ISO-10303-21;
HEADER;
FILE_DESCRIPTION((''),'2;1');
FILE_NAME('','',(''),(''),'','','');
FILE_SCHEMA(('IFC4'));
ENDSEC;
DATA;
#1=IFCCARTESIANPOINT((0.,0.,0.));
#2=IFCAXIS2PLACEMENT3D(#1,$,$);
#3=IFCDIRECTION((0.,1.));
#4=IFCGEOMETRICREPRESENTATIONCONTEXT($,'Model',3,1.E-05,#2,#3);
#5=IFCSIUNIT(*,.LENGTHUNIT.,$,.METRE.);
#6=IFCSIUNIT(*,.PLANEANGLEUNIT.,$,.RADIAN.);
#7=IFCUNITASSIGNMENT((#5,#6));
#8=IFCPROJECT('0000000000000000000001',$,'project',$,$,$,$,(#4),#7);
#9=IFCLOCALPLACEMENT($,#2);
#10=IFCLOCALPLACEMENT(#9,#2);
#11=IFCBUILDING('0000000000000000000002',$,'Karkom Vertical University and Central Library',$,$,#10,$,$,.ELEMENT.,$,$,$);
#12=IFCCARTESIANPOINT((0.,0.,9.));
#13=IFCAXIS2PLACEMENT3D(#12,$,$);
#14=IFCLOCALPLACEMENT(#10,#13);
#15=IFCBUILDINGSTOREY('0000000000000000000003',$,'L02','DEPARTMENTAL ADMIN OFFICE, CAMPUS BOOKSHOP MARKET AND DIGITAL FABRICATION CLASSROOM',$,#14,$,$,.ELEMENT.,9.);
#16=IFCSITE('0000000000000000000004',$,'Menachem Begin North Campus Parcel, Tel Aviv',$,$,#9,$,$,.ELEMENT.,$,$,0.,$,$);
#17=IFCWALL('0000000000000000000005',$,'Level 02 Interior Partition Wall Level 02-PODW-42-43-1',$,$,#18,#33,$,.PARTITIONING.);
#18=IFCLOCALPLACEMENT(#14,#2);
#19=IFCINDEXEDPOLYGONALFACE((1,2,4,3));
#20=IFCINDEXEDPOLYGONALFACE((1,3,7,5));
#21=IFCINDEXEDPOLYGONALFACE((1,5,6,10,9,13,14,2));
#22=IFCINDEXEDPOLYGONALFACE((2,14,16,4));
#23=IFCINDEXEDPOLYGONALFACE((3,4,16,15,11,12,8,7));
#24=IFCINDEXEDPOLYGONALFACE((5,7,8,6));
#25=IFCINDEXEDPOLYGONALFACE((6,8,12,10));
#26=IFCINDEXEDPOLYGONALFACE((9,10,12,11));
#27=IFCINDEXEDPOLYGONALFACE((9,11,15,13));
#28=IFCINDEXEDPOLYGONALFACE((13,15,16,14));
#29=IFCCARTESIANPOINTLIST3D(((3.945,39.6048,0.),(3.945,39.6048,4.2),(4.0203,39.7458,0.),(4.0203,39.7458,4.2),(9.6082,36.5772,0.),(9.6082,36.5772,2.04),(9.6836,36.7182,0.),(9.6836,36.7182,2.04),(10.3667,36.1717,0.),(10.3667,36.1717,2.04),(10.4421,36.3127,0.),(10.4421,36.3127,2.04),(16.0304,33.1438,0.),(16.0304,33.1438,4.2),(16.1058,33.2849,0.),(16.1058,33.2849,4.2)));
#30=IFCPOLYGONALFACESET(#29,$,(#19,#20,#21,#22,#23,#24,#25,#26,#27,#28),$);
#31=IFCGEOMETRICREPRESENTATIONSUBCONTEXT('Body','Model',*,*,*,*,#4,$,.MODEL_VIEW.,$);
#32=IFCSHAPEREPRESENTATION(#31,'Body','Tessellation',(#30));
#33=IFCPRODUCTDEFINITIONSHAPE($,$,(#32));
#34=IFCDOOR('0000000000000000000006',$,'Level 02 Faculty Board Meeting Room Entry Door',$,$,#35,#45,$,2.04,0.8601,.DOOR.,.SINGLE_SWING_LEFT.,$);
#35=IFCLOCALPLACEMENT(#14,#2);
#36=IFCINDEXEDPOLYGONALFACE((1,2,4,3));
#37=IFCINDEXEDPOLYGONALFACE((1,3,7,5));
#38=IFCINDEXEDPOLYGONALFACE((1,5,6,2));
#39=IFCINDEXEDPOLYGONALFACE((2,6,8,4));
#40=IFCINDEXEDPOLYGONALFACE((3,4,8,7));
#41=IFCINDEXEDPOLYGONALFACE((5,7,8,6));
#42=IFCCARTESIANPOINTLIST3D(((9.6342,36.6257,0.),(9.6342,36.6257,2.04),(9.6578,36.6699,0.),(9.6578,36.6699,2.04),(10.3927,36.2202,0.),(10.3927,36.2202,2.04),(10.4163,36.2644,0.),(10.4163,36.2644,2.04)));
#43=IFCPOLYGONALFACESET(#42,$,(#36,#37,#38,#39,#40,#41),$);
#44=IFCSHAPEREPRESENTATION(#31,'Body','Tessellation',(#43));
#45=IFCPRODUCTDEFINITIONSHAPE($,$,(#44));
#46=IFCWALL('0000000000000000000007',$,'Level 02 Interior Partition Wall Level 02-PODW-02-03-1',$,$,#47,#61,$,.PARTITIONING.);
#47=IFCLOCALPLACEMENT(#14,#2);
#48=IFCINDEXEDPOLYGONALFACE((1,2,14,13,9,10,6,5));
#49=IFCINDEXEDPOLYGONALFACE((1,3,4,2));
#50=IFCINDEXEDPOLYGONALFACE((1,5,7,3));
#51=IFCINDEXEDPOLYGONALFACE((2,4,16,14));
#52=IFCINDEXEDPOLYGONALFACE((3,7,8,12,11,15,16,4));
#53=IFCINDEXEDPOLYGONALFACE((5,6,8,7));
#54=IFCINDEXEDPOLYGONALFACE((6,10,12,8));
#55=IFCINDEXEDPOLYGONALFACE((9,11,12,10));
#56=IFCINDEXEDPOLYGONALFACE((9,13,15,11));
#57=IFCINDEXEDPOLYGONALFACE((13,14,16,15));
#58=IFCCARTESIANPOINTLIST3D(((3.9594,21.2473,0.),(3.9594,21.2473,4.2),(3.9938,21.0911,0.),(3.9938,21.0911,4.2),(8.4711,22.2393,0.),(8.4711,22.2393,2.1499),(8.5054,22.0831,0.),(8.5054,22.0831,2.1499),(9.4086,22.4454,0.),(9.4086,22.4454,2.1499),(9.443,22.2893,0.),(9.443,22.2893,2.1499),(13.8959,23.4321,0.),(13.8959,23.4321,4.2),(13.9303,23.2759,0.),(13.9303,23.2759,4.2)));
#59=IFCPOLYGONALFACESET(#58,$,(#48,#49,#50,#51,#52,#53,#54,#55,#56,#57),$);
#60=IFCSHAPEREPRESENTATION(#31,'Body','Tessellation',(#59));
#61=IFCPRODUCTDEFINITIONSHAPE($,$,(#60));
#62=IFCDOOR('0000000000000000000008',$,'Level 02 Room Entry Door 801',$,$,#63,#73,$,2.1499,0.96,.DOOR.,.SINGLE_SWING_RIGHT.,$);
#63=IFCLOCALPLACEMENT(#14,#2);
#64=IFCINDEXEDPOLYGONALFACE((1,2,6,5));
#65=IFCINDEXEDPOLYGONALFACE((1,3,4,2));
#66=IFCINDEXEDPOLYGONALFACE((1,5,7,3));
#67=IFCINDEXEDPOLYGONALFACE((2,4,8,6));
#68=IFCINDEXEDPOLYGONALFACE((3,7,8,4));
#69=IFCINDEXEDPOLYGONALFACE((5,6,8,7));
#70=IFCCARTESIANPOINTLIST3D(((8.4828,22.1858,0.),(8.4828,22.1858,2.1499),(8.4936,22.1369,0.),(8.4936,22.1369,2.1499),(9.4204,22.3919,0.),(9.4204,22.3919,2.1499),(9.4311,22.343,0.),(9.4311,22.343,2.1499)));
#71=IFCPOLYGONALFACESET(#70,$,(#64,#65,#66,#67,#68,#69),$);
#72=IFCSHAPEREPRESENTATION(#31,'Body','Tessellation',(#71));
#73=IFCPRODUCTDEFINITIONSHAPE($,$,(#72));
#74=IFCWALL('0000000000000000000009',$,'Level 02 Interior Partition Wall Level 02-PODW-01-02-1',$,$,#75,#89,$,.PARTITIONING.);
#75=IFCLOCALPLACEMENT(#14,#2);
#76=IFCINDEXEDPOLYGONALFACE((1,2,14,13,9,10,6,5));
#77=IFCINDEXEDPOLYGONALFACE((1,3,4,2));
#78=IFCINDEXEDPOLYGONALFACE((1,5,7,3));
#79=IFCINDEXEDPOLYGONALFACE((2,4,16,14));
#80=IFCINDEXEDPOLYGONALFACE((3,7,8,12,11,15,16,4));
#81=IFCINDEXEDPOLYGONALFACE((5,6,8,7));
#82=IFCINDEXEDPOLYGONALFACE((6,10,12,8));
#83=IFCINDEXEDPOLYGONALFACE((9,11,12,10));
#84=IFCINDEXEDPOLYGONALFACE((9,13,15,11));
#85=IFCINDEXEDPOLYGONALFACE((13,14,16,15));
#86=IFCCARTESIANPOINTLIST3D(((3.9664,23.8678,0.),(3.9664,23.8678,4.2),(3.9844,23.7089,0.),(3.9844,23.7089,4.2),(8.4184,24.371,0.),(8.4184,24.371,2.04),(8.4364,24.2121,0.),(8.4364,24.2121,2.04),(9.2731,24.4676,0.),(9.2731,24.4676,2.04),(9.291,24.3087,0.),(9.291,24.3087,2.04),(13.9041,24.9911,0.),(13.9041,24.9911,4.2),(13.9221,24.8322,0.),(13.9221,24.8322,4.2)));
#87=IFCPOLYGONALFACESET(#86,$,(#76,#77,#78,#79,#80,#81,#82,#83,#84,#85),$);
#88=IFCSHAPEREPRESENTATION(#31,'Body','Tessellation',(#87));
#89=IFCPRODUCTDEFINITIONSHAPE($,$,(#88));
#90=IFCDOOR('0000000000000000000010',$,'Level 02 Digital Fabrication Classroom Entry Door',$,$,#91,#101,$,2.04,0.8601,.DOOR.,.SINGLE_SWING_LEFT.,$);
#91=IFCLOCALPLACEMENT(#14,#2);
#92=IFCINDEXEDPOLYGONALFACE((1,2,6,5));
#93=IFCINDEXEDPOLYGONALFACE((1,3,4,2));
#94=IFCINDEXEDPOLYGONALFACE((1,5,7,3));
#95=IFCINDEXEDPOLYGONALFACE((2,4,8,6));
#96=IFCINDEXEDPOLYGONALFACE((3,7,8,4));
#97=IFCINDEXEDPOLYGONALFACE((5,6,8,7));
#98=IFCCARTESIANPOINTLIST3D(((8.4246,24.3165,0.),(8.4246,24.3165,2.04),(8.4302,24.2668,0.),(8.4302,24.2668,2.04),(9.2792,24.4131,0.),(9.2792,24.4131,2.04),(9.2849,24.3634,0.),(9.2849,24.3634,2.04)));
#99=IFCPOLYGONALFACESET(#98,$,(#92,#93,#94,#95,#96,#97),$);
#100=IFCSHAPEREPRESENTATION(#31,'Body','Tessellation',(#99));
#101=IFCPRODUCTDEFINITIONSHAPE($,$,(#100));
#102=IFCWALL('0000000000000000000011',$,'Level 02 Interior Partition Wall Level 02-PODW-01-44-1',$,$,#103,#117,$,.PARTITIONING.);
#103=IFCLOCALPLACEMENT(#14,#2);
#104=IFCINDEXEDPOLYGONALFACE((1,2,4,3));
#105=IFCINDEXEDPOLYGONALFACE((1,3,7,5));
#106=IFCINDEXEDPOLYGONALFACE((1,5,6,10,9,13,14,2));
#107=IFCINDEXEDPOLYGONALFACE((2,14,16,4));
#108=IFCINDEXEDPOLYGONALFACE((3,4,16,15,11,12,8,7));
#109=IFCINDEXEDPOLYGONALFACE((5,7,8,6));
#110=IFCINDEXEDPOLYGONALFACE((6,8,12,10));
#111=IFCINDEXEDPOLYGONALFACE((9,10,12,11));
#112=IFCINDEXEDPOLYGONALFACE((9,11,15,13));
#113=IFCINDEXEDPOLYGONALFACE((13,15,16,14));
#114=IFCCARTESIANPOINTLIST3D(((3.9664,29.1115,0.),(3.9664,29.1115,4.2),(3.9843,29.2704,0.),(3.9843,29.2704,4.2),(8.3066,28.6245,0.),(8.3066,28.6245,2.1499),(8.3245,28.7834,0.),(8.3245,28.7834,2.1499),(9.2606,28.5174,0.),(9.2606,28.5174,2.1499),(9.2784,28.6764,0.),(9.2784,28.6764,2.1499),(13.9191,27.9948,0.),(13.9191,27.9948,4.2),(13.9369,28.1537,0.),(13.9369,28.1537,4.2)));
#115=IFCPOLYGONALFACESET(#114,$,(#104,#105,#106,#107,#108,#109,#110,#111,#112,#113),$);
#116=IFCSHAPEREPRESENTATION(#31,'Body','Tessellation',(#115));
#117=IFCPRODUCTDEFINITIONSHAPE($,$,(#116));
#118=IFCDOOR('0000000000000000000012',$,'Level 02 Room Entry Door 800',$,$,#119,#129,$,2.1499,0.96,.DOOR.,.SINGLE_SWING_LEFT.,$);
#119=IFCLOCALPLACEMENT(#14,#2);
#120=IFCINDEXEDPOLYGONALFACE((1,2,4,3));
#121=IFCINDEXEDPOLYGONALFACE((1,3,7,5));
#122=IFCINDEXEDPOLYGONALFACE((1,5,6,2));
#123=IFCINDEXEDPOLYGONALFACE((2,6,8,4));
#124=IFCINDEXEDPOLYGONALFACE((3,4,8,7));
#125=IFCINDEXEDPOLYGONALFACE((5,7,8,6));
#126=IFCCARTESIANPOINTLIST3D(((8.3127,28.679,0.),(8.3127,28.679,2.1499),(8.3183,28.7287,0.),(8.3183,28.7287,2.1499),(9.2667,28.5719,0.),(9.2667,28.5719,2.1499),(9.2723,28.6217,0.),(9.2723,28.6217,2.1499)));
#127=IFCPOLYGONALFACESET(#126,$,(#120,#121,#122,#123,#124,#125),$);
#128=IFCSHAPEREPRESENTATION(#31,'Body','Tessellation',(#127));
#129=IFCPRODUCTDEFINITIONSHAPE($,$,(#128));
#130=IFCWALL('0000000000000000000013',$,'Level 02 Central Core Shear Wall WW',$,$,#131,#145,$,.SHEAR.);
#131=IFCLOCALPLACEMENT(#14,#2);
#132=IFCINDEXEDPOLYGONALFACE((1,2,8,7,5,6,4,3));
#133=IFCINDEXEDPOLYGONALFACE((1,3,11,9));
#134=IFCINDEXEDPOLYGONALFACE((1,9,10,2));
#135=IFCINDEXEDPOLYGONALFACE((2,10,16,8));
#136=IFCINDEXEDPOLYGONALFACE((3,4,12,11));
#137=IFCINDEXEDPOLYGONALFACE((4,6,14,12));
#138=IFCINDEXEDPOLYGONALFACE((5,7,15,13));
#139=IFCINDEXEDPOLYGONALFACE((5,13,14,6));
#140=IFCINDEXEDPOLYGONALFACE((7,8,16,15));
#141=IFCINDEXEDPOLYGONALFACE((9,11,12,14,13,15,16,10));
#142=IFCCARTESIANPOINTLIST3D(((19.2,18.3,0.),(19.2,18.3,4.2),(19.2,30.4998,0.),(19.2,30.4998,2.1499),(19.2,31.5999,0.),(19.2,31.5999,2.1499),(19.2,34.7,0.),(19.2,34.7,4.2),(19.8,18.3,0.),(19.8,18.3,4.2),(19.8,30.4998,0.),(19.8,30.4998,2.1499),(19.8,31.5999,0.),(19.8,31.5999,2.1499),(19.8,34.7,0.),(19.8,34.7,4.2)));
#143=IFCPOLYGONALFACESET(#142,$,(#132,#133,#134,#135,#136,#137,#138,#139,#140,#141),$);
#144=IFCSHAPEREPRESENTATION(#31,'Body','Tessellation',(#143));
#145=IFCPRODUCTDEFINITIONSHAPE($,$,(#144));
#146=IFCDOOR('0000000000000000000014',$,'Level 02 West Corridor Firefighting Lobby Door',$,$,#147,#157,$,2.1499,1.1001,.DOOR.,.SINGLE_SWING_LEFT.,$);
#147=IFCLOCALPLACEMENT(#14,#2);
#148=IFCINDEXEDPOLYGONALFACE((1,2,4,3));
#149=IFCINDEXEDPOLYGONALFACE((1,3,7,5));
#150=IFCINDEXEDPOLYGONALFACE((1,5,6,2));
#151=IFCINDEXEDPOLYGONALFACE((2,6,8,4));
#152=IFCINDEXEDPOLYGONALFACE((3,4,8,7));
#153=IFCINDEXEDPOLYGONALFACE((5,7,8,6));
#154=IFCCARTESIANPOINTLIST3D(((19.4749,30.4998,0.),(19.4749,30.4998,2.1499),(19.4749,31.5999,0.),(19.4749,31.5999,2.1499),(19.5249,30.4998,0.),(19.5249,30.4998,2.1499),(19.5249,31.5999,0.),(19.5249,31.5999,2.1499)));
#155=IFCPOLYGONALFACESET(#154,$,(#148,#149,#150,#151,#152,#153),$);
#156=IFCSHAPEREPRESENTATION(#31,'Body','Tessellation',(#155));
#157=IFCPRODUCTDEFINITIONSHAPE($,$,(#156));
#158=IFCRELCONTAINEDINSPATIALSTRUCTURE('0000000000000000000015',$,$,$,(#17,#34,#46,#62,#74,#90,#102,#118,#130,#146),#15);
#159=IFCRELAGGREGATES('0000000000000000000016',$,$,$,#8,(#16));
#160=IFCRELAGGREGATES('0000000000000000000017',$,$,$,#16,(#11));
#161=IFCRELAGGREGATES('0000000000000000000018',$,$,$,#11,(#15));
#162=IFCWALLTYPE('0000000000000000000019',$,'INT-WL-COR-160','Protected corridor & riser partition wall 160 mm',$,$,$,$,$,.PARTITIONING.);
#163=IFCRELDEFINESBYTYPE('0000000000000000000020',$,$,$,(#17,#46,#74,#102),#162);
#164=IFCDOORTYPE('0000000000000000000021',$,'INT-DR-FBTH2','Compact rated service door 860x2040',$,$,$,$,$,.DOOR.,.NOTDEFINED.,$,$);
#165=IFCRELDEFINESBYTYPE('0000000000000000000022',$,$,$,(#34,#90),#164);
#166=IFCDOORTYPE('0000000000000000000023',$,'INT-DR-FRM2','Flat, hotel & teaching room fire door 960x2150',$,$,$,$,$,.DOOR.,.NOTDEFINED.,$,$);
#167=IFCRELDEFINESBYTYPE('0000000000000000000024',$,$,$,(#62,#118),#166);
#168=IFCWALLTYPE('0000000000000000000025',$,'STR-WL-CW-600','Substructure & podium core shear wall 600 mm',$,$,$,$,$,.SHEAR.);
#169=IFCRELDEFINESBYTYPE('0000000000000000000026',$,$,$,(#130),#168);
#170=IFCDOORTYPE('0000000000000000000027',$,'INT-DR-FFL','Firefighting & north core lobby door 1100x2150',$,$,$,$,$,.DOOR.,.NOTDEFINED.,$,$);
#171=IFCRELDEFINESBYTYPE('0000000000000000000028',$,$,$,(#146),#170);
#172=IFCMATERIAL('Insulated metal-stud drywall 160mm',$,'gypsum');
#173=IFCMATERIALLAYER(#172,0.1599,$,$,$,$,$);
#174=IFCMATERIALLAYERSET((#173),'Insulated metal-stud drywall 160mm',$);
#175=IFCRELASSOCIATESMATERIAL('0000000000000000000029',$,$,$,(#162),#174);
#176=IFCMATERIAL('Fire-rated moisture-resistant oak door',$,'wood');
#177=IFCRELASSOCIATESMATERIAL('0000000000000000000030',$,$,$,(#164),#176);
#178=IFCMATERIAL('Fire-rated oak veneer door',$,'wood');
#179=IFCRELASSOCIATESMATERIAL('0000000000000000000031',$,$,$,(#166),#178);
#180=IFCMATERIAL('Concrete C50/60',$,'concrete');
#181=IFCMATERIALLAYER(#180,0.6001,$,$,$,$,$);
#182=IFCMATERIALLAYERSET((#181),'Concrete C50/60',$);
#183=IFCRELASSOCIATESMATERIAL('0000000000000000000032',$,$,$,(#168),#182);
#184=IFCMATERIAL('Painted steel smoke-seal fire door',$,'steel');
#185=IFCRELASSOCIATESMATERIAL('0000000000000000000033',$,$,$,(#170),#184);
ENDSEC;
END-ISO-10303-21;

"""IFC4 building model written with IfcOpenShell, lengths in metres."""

from ifc_helpers import new_model, si_unit, direction, frame, frame_2d, origin, origin_with_axes, place, context, subcontext, project, spatial, rectangle, extrude, source, transform, mapped, material, layer, layer_set, type_object, element, fill, save


model = new_model("IFC4")

# Units and contexts
model_context = context("Model", 3, precision=1e-05, world=origin(), true_north=direction((0.0, 1.0)))
body_context = subcontext(model_context, "Body", "Model", "MODEL_VIEW")
ifc_project = project(units=[si_unit("LENGTHUNIT", "METRE"), si_unit("PLANEANGLEUNIT", "RADIAN")], contexts=[model_context])

# Site, building, storey
site_placement = place(None, origin())
site = spatial("IfcSite", under=ifc_project, at=site_placement, Name="Menachem Begin North Campus Parcel, Tel Aviv", CompositionType="ELEMENT", RefElevation=0.0)
building_placement = place(site_placement, origin())
building = spatial("IfcBuilding", under=site, at=building_placement, Name="Karkom Vertical University and Central Library", CompositionType="ELEMENT")
storey_placement = place(building_placement, frame((0.0, 0.0, 9.0)))
storey = spatial("IfcBuildingStorey", under=building, at=storey_placement, Name="L02", Description="DEPARTMENTAL ADMIN OFFICE, CAMPUS BOOKSHOP MARKET AND DIGITAL FABRICATION CLASSROOM", CompositionType="ELEMENT", Elevation=9.0)

# Shared definitions
ifc_material_1 = material(Name="Concrete C50/60", Category="concrete")

# Walls, openings, doors
ifc_material_2 = material(Name="Insulated metal-stud drywall 160mm", Category="gypsum")
ifc_layer_1 = layer(ifc_material_2, 0.1599)
ifc_layer_set_1 = layer_set([ifc_layer_1], Name="Insulated metal-stud drywall 160mm")
wall_type_1 = type_object("IfcWallType", Name="INT-WL-COR-160", Description="Protected corridor & riser partition wall 160 mm", PredefinedType="PARTITIONING", material=ifc_layer_set_1)
wall_1_placement = place(storey_placement, frame((16.0681, 33.2144, 0.0), z_axis=(0.0, 0.0, 1.0), x_axis=(-0.881887, 0.471461, 0.0)))
wall_1 = element("IfcWall", 1, at=wall_1_placement, inside=storey, type_object=wall_type_1, Name="Level 02 Interior Partition Wall Level 02-PODW-42-43-1", PredefinedType="PARTITIONING", context=body_context, shape_type="SweptSolid", body=[
    extrude(rectangle(XDim=13.7041, YDim=0.1599, at=frame_2d((6.8521, 0.0))), origin(), (0.0, 0.0, 1.0), 4.2),
])
opening_1_placement = place(wall_1_placement, frame((6.4221, 0.0, 0.0)))
opening_1 = element("IfcOpeningElement", 2, at=opening_1_placement, cuts=wall_1, PredefinedType="OPENING", context=body_context, shape_type="SweptSolid", body=[
    extrude(rectangle(XDim=0.8601, YDim=2.04, at=frame_2d((0.4302, 1.02))), frame((0.0, 0.0898, 0.0), z_axis=(0.0, -1.0, 0.0), x_axis=(1.0, 0.0, 0.0)), (0.0, 0.0, 1.0), 0.1799),
])
ifc_material_3 = material(Name="Fire-rated moisture-resistant oak door", Category="wood")
door_type_1 = type_object("IfcDoorType", Name="INT-DR-FBTH2", Description="Compact rated service door 860x2040", OperationType="NOTDEFINED", PredefinedType="DOOR", material=ifc_material_3)
shared_shape_1 = source(origin_with_axes(), body_context, "Body", "SweptSolid", [
    extrude(rectangle(XDim=0.8601, YDim=2.04, at=frame_2d((0.4302, 1.02))), frame((0.0, 0.0249, 0.0), z_axis=(0.0, -1.0, 0.0), x_axis=(1.0, 0.0, 0.0)), (0.0, 0.0, 1.0), 0.05),
])
door_1_placement = place(opening_1_placement, origin())
door_1 = element("IfcDoor", 3, at=door_1_placement, inside=storey, type_object=door_type_1, Name="Level 02 Faculty Board Meeting Room Entry Door", OperationType="SINGLE_SWING_LEFT", OverallHeight=2.04, OverallWidth=0.8601, PredefinedType="DOOR", context=body_context, shape_type="MappedRepresentation", body=[
    mapped(shared_shape_1, transform((0.0, 0.0, 0.0), scale=1.0)),
])
fill(opening_1, door_1)
wall_2_placement = place(storey_placement, frame((13.9131, 23.354, 0.0), z_axis=(0.0, 0.0, 1.0), x_axis=(-0.97667, -0.214747, 0.0)))
wall_2 = element("IfcWall", 4, at=wall_2_placement, inside=storey, type_object=wall_type_1, Name="Level 02 Interior Partition Wall Level 02-PODW-02-03-1", PredefinedType="PARTITIONING", context=body_context, shape_type="SweptSolid", body=[
    extrude(rectangle(XDim=10.1738, YDim=0.1599, at=frame_2d((5.0869, 0.0))), origin(), (0.0, 0.0, 1.0), 4.2),
])
opening_2_placement = place(wall_2_placement, frame((4.5945, 0.0, 0.0)))
opening_2 = element("IfcOpeningElement", 5, at=opening_2_placement, cuts=wall_2, PredefinedType="OPENING", context=body_context, shape_type="SweptSolid", body=[
    extrude(rectangle(XDim=0.96, YDim=2.1499, at=frame_2d((0.48, 1.075))), frame((0.0, 0.0898, 0.0), z_axis=(0.0, -1.0, 0.0), x_axis=(1.0, 0.0, 0.0)), (0.0, 0.0, 1.0), 0.1799),
])
ifc_material_4 = material(Name="Fire-rated oak veneer door", Category="wood")
door_type_2 = type_object("IfcDoorType", Name="INT-DR-FRM2", Description="Flat, hotel & teaching room fire door 960x2150", OperationType="NOTDEFINED", PredefinedType="DOOR", material=ifc_material_4)
shared_shape_2 = source(origin_with_axes(), body_context, "Body", "SweptSolid", [
    extrude(rectangle(XDim=0.96, YDim=2.1499, at=frame_2d((0.48, 1.075))), frame((0.0, 0.0249, 0.0), z_axis=(0.0, -1.0, 0.0), x_axis=(1.0, 0.0, 0.0)), (0.0, 0.0, 1.0), 0.05),
])
door_2_placement = place(opening_2_placement, origin())
door_2 = element("IfcDoor", 6, at=door_2_placement, inside=storey, type_object=door_type_2, Name="Level 02 Room Entry Door 801", OperationType="SINGLE_SWING_RIGHT", OverallHeight=2.1499, OverallWidth=0.96, PredefinedType="DOOR", context=body_context, shape_type="MappedRepresentation", body=[
    mapped(shared_shape_2, transform((0.0, 0.0, 0.0), scale=1.0)),
])
fill(opening_2, door_2)
wall_3_placement = place(storey_placement, frame((13.9131, 24.9116, 0.0), z_axis=(0.0, 0.0, 1.0), x_axis=(-0.993672, -0.112318, 0.0)))
wall_3 = element("IfcWall", 7, at=wall_3_placement, inside=storey, type_object=wall_type_1, Name="Level 02 Interior Partition Wall Level 02-PODW-01-02-1", PredefinedType="PARTITIONING", context=body_context, shape_type="SweptSolid", body=[
    extrude(rectangle(XDim=10.001, YDim=0.1599, at=frame_2d((5.0005, 0.0))), origin(), (0.0, 0.0, 1.0), 4.2),
])
opening_3_placement = place(wall_3_placement, frame((4.6604, 0.0, 0.0)))
opening_3 = element("IfcOpeningElement", 8, at=opening_3_placement, cuts=wall_3, PredefinedType="OPENING", context=body_context, shape_type="SweptSolid", body=[
    extrude(rectangle(XDim=0.8601, YDim=2.04, at=frame_2d((0.4302, 1.02))), frame((0.0, 0.0898, 0.0), z_axis=(0.0, -1.0, 0.0), x_axis=(1.0, 0.0, 0.0)), (0.0, 0.0, 1.0), 0.1799),
])
door_3_placement = place(opening_3_placement, origin())
door_3 = element("IfcDoor", 9, at=door_3_placement, inside=storey, type_object=door_type_1, Name="Level 02 Digital Fabrication Classroom Entry Door", OperationType="SINGLE_SWING_LEFT", OverallHeight=2.04, OverallWidth=0.8601, PredefinedType="DOOR", context=body_context, shape_type="MappedRepresentation", body=[
    mapped(shared_shape_1, transform((0.0, 0.0, 0.0), scale=1.0)),
])
fill(opening_3, door_3)
wall_4_placement = place(storey_placement, frame((3.9753, 29.1909, 0.0), z_axis=(0.0, 0.0, 1.0), x_axis=(0.993764, -0.111502, 0.0)))
wall_4 = element("IfcWall", 10, at=wall_4_placement, inside=storey, type_object=wall_type_1, Name="Level 02 Interior Partition Wall Level 02-PODW-01-44-1", PredefinedType="PARTITIONING", context=body_context, shape_type="SweptSolid", body=[
    extrude(rectangle(XDim=10.0151, YDim=0.1599, at=frame_2d((5.0076, 0.0))), origin(), (0.0, 0.0, 1.0), 4.2),
])
opening_4_placement = place(wall_4_placement, frame((4.3674, 0.0, 0.0)))
opening_4 = element("IfcOpeningElement", 11, at=opening_4_placement, cuts=wall_4, PredefinedType="OPENING", context=body_context, shape_type="SweptSolid", body=[
    extrude(rectangle(XDim=0.96, YDim=2.1499, at=frame_2d((0.48, 1.075))), frame((0.0, 0.0898, 0.0), z_axis=(0.0, -1.0, 0.0), x_axis=(1.0, 0.0, 0.0)), (0.0, 0.0, 1.0), 0.1799),
])
door_4_placement = place(opening_4_placement, origin())
door_4 = element("IfcDoor", 12, at=door_4_placement, inside=storey, type_object=door_type_2, Name="Level 02 Room Entry Door 800", OperationType="SINGLE_SWING_LEFT", OverallHeight=2.1499, OverallWidth=0.96, PredefinedType="DOOR", context=body_context, shape_type="MappedRepresentation", body=[
    mapped(shared_shape_2, transform((0.0, 0.0, 0.0), scale=1.0)),
])
fill(opening_4, door_4)

# Wall, opening, door
ifc_layer_2 = layer(ifc_material_1, 0.6001)
ifc_layer_set_2 = layer_set([ifc_layer_2], Name="Concrete C50/60")
wall_type_2 = type_object("IfcWallType", Name="STR-WL-CW-600", Description="Substructure & podium core shear wall 600 mm", PredefinedType="SHEAR", material=ifc_layer_set_2)
wall_5_placement = place(storey_placement, frame((19.5, 34.7, 0.0), z_axis=(0.0, 0.0, 1.0), x_axis=(0.0, -1.0, 0.0)))
wall_5 = element("IfcWall", 13, at=wall_5_placement, inside=storey, type_object=wall_type_2, Name="Level 02 Central Core Shear Wall WW", PredefinedType="SHEAR", context=body_context, shape_type="SweptSolid", body=[
    extrude(rectangle(XDim=16.3999, YDim=0.6001, at=frame_2d((8.2, 0.0))), origin(), (0.0, 0.0, 1.0), 4.2),
])
opening_5_placement = place(wall_5_placement, frame((3.1001, 0.0, 0.0)))
opening_5 = element("IfcOpeningElement", 14, at=opening_5_placement, cuts=wall_5, PredefinedType="OPENING", context=body_context, shape_type="SweptSolid", body=[
    extrude(rectangle(XDim=1.1001, YDim=2.1499, at=frame_2d((0.55, 1.075))), frame((0.0, 0.3101, 0.0), z_axis=(0.0, -1.0, 0.0), x_axis=(1.0, 0.0, 0.0)), (0.0, 0.0, 1.0), 0.6201),
])
ifc_material_5 = material(Name="Painted steel smoke-seal fire door", Category="steel")
door_type_3 = type_object("IfcDoorType", Name="INT-DR-FFL", Description="Firefighting & north core lobby door 1100x2150", OperationType="NOTDEFINED", PredefinedType="DOOR", material=ifc_material_5)
shared_shape_3 = source(origin_with_axes(), body_context, "Body", "SweptSolid", [
    extrude(rectangle(XDim=1.1001, YDim=2.1499, at=frame_2d((0.55, 1.075))), frame((0.0, 0.0249, 0.0), z_axis=(0.0, -1.0, 0.0), x_axis=(1.0, 0.0, 0.0)), (0.0, 0.0, 1.0), 0.05),
])
door_5_placement = place(opening_5_placement, origin())
door_5 = element("IfcDoor", 15, at=door_5_placement, inside=storey, type_object=door_type_3, Name="Level 02 West Corridor Firefighting Lobby Door", OperationType="SINGLE_SWING_LEFT", OverallHeight=2.1499, OverallWidth=1.1001, PredefinedType="DOOR", context=body_context, shape_type="MappedRepresentation", body=[
    mapped(shared_shape_3, transform((0.0, 0.0, 0.0), scale=1.0)),
])
fill(opening_5, door_5)

save(model, "model.ifc")
